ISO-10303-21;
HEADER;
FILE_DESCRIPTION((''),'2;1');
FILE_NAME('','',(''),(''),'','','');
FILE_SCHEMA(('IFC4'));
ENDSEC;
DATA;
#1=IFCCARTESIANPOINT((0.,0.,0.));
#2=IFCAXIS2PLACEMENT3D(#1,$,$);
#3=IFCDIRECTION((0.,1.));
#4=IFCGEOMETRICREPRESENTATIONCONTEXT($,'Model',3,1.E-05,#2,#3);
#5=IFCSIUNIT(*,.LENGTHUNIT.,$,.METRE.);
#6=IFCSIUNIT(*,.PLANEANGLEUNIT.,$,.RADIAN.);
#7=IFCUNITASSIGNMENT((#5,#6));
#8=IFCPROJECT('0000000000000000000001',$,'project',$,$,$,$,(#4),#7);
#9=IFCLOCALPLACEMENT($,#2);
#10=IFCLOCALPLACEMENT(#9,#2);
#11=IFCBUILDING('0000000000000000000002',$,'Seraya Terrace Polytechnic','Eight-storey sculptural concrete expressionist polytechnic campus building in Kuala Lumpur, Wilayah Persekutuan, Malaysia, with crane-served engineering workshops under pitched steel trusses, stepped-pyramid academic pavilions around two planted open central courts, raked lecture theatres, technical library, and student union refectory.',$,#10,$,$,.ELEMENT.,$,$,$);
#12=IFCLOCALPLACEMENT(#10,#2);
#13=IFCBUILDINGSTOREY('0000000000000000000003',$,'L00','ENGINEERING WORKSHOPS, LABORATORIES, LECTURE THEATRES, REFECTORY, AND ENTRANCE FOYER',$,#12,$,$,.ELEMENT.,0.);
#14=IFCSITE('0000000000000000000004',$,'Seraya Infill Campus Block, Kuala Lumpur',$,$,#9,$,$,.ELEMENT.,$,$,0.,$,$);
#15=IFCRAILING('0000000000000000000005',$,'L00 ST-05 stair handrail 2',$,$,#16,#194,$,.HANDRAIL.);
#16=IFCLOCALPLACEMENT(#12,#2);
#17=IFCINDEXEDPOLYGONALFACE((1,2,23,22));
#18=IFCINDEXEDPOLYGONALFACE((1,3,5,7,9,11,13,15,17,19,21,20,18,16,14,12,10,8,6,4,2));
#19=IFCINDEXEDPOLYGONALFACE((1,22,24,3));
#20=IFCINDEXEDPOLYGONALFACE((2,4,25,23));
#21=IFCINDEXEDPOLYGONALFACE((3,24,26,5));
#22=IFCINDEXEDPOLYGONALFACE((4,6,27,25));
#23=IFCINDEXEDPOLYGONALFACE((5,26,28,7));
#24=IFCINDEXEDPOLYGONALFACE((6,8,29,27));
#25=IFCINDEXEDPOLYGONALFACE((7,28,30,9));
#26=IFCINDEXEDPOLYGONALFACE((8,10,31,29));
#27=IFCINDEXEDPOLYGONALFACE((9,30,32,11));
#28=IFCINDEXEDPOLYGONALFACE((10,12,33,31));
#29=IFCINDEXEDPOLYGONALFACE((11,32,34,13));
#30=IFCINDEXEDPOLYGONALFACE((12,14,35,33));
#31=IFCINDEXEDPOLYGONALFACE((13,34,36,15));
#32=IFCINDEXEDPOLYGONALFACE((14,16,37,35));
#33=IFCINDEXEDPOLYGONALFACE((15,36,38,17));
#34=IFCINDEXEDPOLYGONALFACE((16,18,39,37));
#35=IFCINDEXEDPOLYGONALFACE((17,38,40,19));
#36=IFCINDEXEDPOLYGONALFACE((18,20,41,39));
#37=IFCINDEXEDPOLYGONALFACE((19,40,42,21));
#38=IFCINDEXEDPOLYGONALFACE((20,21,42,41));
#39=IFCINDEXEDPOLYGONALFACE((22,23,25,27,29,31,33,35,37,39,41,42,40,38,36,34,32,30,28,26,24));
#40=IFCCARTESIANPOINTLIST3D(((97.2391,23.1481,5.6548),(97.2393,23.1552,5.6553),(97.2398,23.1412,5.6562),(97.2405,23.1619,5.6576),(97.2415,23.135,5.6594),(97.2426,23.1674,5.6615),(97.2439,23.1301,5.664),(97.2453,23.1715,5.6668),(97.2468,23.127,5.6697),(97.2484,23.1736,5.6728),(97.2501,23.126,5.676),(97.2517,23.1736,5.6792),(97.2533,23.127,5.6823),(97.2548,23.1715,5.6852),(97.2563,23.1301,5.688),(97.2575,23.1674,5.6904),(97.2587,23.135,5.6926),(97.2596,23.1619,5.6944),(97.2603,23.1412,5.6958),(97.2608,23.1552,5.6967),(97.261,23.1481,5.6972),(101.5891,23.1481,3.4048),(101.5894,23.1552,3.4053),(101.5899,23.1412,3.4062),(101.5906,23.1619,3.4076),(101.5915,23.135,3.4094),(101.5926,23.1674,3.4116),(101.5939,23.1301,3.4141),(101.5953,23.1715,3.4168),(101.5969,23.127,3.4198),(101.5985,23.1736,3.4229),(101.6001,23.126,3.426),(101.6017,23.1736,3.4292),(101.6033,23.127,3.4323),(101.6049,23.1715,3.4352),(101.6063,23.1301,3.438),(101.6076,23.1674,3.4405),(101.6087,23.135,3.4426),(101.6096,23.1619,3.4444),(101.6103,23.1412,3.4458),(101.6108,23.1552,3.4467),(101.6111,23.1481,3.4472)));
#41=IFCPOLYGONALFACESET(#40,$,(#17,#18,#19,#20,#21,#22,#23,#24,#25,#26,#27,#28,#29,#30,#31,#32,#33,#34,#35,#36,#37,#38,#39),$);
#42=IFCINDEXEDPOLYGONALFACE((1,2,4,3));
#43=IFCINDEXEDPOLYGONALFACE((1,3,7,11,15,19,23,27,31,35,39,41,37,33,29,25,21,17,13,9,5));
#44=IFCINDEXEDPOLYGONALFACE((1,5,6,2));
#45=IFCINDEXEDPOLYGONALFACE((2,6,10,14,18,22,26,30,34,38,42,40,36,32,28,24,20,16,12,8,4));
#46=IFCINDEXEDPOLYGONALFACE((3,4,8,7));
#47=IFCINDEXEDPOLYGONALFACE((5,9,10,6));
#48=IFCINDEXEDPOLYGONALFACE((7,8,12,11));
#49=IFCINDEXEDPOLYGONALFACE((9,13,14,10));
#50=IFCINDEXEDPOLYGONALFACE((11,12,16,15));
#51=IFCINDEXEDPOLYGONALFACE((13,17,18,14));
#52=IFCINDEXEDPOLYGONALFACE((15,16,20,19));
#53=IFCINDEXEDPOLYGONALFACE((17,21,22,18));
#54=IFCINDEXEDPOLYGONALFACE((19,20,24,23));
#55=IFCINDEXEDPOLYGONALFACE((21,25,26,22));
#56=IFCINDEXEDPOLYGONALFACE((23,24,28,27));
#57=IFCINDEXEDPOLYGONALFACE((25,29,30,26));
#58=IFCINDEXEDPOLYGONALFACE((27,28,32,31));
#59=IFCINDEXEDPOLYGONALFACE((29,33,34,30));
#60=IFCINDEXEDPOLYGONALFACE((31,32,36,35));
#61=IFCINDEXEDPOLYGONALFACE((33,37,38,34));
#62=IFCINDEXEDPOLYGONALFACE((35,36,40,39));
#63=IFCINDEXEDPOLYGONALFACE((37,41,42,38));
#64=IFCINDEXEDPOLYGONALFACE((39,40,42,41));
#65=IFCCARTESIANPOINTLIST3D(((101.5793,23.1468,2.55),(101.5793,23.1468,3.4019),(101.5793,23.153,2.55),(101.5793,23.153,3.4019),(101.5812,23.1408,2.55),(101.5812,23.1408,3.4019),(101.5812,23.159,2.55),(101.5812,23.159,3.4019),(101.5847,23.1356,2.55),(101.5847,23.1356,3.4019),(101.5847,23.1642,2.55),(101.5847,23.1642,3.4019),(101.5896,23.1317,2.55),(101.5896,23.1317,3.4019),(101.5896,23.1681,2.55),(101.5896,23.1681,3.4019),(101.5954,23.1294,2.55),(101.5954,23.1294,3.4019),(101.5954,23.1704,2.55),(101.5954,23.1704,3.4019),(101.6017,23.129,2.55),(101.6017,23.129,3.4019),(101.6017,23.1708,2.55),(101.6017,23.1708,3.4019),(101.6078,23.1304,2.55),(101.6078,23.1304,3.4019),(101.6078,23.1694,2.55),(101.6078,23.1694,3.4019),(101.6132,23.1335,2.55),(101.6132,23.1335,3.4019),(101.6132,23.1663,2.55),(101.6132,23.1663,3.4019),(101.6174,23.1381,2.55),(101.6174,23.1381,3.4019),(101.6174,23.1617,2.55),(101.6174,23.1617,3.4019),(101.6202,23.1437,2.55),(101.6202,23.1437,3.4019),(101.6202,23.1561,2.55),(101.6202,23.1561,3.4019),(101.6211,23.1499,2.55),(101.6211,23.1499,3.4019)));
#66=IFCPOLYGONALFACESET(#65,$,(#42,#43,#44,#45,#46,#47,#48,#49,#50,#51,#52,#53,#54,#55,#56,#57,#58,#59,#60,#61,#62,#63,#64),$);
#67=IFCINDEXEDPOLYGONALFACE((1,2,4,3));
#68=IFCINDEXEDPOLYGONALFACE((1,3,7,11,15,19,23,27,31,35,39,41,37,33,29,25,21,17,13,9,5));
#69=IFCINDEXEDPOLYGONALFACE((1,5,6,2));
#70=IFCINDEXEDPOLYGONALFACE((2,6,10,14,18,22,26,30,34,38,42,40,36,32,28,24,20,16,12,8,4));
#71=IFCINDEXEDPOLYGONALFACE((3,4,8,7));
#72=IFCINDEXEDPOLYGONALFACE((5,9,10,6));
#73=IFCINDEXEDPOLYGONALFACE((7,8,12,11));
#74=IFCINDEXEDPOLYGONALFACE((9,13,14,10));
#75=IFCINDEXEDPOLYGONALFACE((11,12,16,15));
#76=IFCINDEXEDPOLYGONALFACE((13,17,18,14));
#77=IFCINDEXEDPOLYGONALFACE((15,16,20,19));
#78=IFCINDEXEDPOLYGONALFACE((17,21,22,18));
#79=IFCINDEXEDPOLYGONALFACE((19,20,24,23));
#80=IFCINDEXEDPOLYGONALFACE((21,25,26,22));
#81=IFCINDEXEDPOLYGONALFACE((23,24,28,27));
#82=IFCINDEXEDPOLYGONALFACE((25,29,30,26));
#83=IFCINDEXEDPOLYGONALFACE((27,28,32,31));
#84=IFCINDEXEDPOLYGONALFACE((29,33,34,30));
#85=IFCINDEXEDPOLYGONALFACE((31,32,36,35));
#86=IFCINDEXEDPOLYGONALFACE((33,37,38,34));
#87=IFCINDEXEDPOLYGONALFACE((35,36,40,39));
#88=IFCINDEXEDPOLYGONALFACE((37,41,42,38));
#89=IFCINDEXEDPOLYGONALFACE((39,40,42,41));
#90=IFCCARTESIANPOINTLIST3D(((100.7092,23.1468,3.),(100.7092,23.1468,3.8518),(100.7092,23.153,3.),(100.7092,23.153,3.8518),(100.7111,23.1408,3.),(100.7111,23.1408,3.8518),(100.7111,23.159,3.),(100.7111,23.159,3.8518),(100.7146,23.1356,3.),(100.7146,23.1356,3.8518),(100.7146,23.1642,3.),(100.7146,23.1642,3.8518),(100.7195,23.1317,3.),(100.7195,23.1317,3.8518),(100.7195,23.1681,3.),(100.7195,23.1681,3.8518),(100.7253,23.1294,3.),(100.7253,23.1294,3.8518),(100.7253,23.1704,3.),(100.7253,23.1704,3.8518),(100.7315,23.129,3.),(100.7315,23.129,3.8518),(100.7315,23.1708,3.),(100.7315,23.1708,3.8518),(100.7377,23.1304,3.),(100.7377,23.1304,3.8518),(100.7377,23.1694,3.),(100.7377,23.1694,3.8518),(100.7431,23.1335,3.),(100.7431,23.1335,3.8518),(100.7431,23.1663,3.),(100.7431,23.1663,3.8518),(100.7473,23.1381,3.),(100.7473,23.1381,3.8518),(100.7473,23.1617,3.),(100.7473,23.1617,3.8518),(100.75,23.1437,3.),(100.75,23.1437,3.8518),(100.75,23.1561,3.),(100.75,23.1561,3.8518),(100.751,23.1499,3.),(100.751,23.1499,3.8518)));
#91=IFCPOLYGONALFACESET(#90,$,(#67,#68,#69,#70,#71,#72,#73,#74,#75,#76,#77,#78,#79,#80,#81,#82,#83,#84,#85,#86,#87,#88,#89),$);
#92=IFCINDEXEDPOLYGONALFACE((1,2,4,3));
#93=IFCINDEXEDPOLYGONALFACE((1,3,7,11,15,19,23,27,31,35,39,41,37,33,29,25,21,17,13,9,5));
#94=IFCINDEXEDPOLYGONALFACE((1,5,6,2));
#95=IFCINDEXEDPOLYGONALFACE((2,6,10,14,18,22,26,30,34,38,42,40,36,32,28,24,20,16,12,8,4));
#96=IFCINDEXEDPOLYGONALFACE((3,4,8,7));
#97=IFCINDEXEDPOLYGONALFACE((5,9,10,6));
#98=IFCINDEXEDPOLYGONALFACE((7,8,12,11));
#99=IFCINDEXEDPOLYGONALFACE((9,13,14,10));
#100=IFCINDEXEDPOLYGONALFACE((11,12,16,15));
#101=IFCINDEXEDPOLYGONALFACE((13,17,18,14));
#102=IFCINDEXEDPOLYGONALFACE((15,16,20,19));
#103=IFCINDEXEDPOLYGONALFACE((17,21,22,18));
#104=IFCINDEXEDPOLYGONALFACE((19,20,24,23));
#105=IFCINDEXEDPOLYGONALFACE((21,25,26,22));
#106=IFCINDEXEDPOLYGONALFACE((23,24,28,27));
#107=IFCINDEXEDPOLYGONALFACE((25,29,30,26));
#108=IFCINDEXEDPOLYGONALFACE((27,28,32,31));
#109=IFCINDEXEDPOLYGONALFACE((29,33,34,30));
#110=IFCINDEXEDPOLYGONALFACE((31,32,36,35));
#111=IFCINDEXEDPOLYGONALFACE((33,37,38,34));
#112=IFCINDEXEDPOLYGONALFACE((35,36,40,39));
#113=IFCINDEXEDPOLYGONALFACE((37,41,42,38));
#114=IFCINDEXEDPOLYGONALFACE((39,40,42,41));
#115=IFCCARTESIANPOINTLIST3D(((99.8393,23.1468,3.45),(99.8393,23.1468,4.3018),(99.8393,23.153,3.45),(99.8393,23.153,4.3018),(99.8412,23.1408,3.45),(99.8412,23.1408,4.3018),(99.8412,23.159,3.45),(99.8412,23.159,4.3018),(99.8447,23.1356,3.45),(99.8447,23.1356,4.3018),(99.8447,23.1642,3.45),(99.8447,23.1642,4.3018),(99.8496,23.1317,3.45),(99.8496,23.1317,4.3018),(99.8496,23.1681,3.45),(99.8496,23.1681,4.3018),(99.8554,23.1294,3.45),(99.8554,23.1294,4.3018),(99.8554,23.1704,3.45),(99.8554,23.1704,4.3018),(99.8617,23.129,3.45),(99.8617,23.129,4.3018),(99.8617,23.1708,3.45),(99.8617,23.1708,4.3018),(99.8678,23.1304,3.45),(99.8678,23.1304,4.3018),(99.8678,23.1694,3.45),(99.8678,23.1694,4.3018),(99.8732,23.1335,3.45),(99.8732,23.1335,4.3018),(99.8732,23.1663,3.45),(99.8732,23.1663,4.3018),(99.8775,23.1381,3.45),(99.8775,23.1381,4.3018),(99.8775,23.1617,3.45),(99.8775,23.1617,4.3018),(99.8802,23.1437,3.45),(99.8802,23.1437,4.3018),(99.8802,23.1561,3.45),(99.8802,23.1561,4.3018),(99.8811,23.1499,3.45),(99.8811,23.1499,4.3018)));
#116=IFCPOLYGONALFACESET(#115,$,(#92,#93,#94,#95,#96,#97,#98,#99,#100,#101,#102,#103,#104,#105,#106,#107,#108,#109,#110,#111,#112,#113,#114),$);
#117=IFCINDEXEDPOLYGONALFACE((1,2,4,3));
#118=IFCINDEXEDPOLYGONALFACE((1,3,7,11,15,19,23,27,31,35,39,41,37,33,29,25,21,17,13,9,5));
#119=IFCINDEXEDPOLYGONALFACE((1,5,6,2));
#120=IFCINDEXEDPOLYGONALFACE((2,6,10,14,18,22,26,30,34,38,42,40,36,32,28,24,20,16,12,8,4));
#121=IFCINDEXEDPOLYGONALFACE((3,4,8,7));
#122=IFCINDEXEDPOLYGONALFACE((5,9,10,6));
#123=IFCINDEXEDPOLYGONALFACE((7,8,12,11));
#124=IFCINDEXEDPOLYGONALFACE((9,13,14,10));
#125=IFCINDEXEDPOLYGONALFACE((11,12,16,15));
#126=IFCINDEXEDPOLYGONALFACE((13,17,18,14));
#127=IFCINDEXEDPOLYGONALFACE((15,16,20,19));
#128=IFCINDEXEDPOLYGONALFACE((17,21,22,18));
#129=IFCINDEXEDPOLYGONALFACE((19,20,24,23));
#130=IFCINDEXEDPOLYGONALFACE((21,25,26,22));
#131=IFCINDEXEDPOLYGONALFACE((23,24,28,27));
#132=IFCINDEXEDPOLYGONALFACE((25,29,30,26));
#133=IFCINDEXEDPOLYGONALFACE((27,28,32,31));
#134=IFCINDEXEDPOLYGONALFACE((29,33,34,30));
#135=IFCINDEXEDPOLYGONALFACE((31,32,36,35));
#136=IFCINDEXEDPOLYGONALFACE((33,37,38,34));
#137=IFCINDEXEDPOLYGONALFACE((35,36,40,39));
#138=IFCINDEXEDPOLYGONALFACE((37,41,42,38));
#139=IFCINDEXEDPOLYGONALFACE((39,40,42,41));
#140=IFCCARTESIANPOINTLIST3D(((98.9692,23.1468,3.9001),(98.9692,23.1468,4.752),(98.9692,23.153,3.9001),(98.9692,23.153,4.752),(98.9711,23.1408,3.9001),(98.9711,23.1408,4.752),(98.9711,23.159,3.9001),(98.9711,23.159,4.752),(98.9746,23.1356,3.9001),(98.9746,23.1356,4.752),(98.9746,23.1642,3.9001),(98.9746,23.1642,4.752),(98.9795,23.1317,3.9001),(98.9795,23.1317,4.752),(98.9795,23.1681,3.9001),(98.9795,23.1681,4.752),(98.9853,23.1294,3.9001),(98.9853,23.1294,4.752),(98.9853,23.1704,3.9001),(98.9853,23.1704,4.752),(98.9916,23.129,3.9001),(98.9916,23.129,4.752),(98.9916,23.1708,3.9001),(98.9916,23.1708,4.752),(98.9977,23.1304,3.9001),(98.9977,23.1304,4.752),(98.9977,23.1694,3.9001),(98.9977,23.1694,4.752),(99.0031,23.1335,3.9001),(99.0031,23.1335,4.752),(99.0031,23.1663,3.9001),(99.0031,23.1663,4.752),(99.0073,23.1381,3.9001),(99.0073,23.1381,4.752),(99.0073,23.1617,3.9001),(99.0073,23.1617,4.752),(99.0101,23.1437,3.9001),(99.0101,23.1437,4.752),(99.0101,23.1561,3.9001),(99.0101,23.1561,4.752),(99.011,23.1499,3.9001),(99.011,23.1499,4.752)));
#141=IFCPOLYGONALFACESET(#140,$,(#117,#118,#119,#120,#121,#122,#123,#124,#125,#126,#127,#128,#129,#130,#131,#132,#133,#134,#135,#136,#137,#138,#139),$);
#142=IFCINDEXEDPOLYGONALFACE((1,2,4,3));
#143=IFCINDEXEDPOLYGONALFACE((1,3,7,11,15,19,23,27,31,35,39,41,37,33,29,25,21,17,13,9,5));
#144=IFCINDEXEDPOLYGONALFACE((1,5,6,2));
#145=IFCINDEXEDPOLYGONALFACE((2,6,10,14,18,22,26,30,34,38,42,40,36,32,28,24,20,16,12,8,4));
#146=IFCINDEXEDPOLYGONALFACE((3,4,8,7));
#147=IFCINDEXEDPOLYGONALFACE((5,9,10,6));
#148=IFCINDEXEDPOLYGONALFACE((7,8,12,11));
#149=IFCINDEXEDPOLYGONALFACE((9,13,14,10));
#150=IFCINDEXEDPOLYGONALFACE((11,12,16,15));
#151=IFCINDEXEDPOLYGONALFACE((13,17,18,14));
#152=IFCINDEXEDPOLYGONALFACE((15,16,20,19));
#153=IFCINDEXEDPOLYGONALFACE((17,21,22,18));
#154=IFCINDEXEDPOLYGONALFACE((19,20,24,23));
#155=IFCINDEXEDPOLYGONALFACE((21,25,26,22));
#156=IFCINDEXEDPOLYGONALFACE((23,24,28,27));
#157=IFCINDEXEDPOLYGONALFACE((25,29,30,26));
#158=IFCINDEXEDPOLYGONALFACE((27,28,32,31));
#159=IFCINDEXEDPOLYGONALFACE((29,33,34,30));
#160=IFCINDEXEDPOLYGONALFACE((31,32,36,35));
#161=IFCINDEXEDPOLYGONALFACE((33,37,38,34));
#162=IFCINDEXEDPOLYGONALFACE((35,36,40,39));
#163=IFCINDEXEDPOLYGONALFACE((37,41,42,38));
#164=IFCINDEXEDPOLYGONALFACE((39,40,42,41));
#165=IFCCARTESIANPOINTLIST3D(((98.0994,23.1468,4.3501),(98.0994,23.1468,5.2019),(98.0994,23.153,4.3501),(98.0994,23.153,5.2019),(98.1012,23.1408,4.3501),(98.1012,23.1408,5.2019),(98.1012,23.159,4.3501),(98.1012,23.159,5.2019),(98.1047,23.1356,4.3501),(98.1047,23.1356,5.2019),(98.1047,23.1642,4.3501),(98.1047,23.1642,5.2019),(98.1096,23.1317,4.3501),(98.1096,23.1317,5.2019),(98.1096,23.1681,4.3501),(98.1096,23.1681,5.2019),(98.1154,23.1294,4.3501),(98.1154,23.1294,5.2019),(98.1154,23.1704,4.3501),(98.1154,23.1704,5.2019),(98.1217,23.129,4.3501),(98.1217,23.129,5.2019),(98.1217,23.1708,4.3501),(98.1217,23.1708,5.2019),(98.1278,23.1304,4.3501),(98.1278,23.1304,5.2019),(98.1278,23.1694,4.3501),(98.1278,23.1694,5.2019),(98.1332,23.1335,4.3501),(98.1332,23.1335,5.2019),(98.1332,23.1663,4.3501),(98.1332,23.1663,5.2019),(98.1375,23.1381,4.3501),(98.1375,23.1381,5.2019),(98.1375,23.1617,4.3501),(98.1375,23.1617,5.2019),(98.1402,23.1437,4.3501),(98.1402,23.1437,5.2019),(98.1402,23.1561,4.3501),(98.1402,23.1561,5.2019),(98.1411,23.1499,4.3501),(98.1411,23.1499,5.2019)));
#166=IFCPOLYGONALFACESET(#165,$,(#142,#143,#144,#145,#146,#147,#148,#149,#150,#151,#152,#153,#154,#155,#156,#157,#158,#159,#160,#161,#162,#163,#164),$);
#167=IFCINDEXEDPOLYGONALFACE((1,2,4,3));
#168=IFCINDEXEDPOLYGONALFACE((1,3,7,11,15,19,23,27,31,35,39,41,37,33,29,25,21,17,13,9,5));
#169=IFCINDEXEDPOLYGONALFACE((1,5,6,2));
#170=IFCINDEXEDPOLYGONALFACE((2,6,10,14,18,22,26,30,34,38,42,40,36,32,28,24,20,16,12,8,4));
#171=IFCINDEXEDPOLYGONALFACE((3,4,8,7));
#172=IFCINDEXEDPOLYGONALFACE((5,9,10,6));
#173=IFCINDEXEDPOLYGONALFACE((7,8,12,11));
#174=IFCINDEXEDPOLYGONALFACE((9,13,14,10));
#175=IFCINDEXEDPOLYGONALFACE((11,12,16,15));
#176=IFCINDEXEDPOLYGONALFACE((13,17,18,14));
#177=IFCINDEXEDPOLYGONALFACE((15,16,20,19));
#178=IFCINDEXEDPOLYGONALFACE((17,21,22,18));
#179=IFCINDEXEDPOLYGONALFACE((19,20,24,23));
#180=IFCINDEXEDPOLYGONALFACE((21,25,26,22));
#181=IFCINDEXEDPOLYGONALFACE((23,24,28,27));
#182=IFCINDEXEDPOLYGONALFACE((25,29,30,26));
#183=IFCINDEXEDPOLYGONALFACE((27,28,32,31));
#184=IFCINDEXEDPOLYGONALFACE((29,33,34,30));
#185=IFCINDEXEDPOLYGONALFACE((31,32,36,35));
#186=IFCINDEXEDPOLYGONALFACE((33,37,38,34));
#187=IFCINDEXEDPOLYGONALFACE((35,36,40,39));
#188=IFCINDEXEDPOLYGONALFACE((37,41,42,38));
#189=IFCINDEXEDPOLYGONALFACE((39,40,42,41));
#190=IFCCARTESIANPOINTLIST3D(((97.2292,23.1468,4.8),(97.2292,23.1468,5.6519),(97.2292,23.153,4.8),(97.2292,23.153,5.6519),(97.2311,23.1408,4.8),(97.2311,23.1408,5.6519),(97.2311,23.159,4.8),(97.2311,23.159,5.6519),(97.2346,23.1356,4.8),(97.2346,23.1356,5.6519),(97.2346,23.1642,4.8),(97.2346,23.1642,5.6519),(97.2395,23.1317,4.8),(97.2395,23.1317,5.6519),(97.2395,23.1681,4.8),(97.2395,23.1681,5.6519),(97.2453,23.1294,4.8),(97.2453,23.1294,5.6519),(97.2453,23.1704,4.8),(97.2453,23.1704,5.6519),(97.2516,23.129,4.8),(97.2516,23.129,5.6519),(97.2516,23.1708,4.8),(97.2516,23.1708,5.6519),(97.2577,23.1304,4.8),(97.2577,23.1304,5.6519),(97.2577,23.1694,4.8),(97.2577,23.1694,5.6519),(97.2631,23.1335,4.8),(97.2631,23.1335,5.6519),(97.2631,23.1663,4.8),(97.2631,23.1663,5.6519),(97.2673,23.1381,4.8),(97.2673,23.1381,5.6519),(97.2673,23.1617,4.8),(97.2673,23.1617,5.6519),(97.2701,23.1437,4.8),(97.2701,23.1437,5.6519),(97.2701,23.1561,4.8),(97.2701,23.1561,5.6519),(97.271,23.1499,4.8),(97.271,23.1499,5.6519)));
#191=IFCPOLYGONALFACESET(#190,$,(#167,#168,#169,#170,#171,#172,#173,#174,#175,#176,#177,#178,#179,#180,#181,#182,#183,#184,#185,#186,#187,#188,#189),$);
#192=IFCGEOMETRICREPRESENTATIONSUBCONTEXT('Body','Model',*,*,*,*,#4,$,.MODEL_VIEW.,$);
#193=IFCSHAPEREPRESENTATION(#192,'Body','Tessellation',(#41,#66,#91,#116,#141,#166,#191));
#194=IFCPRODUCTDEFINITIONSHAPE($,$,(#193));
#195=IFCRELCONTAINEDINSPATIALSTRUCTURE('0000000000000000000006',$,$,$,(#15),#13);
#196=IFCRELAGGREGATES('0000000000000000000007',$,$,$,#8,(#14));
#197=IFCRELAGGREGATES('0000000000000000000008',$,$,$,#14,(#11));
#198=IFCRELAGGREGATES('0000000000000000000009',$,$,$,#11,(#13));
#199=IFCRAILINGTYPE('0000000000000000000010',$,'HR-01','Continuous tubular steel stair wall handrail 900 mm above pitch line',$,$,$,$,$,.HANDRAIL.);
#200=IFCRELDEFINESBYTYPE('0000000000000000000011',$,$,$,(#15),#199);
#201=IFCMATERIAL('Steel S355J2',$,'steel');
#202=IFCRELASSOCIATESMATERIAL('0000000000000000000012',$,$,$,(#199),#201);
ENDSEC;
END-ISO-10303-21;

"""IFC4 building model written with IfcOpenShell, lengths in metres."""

from ifc_helpers import new_model, si_unit, direction, frame, origin, origin_2d, place, context, subcontext, project, spatial, circle, extrude, material, type_object, element, save


model = new_model("IFC4")

# Units and contexts
model_context = context("Model", 3, precision=1e-05, world=origin(), true_north=direction((0.0, 1.0)))
body_context = subcontext(model_context, "Body", "Model", "MODEL_VIEW")
ifc_project = project(units=[si_unit("LENGTHUNIT", "METRE"), si_unit("PLANEANGLEUNIT", "RADIAN")], contexts=[model_context])

# Site, building, storey
site_placement = place(None, origin())
site = spatial("IfcSite", under=ifc_project, at=site_placement, Name="Seraya Infill Campus Block, Kuala Lumpur", CompositionType="ELEMENT", RefElevation=0.0)
building_placement = place(site_placement, origin())
building = spatial("IfcBuilding", under=site, at=building_placement, Name="Seraya Terrace Polytechnic", Description="Eight-storey sculptural concrete expressionist polytechnic campus building in Kuala Lumpur, Wilayah Persekutuan, Malaysia, with crane-served engineering workshops under pitched steel trusses, stepped-pyramid academic pavilions around two planted open central courts, raked lecture theatres, technical library, and student union refectory.", CompositionType="ELEMENT")
storey_placement = place(building_placement, origin())
storey = spatial("IfcBuildingStorey", under=building, at=storey_placement, Name="L00", Description="ENGINEERING WORKSHOPS, LABORATORIES, LECTURE THEATRES, REFECTORY, AND ENTRANCE FOYER", CompositionType="ELEMENT", Elevation=0.0)

# Shared definitions
ifc_material_1 = material(Name="Steel S355J2", Category="steel")

# Railing
railing_type_1 = type_object("IfcRailingType", Name="HR-01", Description="Continuous tubular steel stair wall handrail 900 mm above pitch line", PredefinedType="HANDRAIL", material=ifc_material_1)
railing_1_placement = place(storey_placement, frame((101.6001, 23.1499, 2.55)))
element("IfcRailing", 1, at=railing_1_placement, inside=storey, type_object=railing_type_1, Name="L00 ST-05 stair handrail 2", PredefinedType="HANDRAIL", context=body_context, shape_type="SweptSolid", body=[
    extrude(circle(Radius=0.0239, at=origin_2d()), frame((0.0, 0.0, 0.876), z_axis=(-0.888222, 0.0, 0.459415), x_axis=(0.0, -1.0, 0.0)), (0.0, 0.0, 1.0), 4.8975),
    extrude(circle(Radius=0.021, at=origin_2d()), origin(), (0.0, 0.0, 1.0), 0.8518),
    extrude(circle(Radius=0.021, at=origin_2d()), frame((-0.8701, 0.0, 0.45)), (0.0, 0.0, 1.0), 0.8518),
    extrude(circle(Radius=0.021, at=origin_2d()), frame((-1.74, 0.0, 0.8999)), (0.0, 0.0, 1.0), 0.8518),
    extrude(circle(Radius=0.021, at=origin_2d()), frame((-2.6101, 0.0, 1.3501)), (0.0, 0.0, 1.0), 0.8518),
    extrude(circle(Radius=0.021, at=origin_2d()), frame((-3.48, 0.0, 1.8)), (0.0, 0.0, 1.0), 0.8518),
    extrude(circle(Radius=0.021, at=origin_2d()), frame((-4.3501, 0.0, 2.25)), (0.0, 0.0, 1.0), 0.8518),
])

save(model, "model.ifc")
